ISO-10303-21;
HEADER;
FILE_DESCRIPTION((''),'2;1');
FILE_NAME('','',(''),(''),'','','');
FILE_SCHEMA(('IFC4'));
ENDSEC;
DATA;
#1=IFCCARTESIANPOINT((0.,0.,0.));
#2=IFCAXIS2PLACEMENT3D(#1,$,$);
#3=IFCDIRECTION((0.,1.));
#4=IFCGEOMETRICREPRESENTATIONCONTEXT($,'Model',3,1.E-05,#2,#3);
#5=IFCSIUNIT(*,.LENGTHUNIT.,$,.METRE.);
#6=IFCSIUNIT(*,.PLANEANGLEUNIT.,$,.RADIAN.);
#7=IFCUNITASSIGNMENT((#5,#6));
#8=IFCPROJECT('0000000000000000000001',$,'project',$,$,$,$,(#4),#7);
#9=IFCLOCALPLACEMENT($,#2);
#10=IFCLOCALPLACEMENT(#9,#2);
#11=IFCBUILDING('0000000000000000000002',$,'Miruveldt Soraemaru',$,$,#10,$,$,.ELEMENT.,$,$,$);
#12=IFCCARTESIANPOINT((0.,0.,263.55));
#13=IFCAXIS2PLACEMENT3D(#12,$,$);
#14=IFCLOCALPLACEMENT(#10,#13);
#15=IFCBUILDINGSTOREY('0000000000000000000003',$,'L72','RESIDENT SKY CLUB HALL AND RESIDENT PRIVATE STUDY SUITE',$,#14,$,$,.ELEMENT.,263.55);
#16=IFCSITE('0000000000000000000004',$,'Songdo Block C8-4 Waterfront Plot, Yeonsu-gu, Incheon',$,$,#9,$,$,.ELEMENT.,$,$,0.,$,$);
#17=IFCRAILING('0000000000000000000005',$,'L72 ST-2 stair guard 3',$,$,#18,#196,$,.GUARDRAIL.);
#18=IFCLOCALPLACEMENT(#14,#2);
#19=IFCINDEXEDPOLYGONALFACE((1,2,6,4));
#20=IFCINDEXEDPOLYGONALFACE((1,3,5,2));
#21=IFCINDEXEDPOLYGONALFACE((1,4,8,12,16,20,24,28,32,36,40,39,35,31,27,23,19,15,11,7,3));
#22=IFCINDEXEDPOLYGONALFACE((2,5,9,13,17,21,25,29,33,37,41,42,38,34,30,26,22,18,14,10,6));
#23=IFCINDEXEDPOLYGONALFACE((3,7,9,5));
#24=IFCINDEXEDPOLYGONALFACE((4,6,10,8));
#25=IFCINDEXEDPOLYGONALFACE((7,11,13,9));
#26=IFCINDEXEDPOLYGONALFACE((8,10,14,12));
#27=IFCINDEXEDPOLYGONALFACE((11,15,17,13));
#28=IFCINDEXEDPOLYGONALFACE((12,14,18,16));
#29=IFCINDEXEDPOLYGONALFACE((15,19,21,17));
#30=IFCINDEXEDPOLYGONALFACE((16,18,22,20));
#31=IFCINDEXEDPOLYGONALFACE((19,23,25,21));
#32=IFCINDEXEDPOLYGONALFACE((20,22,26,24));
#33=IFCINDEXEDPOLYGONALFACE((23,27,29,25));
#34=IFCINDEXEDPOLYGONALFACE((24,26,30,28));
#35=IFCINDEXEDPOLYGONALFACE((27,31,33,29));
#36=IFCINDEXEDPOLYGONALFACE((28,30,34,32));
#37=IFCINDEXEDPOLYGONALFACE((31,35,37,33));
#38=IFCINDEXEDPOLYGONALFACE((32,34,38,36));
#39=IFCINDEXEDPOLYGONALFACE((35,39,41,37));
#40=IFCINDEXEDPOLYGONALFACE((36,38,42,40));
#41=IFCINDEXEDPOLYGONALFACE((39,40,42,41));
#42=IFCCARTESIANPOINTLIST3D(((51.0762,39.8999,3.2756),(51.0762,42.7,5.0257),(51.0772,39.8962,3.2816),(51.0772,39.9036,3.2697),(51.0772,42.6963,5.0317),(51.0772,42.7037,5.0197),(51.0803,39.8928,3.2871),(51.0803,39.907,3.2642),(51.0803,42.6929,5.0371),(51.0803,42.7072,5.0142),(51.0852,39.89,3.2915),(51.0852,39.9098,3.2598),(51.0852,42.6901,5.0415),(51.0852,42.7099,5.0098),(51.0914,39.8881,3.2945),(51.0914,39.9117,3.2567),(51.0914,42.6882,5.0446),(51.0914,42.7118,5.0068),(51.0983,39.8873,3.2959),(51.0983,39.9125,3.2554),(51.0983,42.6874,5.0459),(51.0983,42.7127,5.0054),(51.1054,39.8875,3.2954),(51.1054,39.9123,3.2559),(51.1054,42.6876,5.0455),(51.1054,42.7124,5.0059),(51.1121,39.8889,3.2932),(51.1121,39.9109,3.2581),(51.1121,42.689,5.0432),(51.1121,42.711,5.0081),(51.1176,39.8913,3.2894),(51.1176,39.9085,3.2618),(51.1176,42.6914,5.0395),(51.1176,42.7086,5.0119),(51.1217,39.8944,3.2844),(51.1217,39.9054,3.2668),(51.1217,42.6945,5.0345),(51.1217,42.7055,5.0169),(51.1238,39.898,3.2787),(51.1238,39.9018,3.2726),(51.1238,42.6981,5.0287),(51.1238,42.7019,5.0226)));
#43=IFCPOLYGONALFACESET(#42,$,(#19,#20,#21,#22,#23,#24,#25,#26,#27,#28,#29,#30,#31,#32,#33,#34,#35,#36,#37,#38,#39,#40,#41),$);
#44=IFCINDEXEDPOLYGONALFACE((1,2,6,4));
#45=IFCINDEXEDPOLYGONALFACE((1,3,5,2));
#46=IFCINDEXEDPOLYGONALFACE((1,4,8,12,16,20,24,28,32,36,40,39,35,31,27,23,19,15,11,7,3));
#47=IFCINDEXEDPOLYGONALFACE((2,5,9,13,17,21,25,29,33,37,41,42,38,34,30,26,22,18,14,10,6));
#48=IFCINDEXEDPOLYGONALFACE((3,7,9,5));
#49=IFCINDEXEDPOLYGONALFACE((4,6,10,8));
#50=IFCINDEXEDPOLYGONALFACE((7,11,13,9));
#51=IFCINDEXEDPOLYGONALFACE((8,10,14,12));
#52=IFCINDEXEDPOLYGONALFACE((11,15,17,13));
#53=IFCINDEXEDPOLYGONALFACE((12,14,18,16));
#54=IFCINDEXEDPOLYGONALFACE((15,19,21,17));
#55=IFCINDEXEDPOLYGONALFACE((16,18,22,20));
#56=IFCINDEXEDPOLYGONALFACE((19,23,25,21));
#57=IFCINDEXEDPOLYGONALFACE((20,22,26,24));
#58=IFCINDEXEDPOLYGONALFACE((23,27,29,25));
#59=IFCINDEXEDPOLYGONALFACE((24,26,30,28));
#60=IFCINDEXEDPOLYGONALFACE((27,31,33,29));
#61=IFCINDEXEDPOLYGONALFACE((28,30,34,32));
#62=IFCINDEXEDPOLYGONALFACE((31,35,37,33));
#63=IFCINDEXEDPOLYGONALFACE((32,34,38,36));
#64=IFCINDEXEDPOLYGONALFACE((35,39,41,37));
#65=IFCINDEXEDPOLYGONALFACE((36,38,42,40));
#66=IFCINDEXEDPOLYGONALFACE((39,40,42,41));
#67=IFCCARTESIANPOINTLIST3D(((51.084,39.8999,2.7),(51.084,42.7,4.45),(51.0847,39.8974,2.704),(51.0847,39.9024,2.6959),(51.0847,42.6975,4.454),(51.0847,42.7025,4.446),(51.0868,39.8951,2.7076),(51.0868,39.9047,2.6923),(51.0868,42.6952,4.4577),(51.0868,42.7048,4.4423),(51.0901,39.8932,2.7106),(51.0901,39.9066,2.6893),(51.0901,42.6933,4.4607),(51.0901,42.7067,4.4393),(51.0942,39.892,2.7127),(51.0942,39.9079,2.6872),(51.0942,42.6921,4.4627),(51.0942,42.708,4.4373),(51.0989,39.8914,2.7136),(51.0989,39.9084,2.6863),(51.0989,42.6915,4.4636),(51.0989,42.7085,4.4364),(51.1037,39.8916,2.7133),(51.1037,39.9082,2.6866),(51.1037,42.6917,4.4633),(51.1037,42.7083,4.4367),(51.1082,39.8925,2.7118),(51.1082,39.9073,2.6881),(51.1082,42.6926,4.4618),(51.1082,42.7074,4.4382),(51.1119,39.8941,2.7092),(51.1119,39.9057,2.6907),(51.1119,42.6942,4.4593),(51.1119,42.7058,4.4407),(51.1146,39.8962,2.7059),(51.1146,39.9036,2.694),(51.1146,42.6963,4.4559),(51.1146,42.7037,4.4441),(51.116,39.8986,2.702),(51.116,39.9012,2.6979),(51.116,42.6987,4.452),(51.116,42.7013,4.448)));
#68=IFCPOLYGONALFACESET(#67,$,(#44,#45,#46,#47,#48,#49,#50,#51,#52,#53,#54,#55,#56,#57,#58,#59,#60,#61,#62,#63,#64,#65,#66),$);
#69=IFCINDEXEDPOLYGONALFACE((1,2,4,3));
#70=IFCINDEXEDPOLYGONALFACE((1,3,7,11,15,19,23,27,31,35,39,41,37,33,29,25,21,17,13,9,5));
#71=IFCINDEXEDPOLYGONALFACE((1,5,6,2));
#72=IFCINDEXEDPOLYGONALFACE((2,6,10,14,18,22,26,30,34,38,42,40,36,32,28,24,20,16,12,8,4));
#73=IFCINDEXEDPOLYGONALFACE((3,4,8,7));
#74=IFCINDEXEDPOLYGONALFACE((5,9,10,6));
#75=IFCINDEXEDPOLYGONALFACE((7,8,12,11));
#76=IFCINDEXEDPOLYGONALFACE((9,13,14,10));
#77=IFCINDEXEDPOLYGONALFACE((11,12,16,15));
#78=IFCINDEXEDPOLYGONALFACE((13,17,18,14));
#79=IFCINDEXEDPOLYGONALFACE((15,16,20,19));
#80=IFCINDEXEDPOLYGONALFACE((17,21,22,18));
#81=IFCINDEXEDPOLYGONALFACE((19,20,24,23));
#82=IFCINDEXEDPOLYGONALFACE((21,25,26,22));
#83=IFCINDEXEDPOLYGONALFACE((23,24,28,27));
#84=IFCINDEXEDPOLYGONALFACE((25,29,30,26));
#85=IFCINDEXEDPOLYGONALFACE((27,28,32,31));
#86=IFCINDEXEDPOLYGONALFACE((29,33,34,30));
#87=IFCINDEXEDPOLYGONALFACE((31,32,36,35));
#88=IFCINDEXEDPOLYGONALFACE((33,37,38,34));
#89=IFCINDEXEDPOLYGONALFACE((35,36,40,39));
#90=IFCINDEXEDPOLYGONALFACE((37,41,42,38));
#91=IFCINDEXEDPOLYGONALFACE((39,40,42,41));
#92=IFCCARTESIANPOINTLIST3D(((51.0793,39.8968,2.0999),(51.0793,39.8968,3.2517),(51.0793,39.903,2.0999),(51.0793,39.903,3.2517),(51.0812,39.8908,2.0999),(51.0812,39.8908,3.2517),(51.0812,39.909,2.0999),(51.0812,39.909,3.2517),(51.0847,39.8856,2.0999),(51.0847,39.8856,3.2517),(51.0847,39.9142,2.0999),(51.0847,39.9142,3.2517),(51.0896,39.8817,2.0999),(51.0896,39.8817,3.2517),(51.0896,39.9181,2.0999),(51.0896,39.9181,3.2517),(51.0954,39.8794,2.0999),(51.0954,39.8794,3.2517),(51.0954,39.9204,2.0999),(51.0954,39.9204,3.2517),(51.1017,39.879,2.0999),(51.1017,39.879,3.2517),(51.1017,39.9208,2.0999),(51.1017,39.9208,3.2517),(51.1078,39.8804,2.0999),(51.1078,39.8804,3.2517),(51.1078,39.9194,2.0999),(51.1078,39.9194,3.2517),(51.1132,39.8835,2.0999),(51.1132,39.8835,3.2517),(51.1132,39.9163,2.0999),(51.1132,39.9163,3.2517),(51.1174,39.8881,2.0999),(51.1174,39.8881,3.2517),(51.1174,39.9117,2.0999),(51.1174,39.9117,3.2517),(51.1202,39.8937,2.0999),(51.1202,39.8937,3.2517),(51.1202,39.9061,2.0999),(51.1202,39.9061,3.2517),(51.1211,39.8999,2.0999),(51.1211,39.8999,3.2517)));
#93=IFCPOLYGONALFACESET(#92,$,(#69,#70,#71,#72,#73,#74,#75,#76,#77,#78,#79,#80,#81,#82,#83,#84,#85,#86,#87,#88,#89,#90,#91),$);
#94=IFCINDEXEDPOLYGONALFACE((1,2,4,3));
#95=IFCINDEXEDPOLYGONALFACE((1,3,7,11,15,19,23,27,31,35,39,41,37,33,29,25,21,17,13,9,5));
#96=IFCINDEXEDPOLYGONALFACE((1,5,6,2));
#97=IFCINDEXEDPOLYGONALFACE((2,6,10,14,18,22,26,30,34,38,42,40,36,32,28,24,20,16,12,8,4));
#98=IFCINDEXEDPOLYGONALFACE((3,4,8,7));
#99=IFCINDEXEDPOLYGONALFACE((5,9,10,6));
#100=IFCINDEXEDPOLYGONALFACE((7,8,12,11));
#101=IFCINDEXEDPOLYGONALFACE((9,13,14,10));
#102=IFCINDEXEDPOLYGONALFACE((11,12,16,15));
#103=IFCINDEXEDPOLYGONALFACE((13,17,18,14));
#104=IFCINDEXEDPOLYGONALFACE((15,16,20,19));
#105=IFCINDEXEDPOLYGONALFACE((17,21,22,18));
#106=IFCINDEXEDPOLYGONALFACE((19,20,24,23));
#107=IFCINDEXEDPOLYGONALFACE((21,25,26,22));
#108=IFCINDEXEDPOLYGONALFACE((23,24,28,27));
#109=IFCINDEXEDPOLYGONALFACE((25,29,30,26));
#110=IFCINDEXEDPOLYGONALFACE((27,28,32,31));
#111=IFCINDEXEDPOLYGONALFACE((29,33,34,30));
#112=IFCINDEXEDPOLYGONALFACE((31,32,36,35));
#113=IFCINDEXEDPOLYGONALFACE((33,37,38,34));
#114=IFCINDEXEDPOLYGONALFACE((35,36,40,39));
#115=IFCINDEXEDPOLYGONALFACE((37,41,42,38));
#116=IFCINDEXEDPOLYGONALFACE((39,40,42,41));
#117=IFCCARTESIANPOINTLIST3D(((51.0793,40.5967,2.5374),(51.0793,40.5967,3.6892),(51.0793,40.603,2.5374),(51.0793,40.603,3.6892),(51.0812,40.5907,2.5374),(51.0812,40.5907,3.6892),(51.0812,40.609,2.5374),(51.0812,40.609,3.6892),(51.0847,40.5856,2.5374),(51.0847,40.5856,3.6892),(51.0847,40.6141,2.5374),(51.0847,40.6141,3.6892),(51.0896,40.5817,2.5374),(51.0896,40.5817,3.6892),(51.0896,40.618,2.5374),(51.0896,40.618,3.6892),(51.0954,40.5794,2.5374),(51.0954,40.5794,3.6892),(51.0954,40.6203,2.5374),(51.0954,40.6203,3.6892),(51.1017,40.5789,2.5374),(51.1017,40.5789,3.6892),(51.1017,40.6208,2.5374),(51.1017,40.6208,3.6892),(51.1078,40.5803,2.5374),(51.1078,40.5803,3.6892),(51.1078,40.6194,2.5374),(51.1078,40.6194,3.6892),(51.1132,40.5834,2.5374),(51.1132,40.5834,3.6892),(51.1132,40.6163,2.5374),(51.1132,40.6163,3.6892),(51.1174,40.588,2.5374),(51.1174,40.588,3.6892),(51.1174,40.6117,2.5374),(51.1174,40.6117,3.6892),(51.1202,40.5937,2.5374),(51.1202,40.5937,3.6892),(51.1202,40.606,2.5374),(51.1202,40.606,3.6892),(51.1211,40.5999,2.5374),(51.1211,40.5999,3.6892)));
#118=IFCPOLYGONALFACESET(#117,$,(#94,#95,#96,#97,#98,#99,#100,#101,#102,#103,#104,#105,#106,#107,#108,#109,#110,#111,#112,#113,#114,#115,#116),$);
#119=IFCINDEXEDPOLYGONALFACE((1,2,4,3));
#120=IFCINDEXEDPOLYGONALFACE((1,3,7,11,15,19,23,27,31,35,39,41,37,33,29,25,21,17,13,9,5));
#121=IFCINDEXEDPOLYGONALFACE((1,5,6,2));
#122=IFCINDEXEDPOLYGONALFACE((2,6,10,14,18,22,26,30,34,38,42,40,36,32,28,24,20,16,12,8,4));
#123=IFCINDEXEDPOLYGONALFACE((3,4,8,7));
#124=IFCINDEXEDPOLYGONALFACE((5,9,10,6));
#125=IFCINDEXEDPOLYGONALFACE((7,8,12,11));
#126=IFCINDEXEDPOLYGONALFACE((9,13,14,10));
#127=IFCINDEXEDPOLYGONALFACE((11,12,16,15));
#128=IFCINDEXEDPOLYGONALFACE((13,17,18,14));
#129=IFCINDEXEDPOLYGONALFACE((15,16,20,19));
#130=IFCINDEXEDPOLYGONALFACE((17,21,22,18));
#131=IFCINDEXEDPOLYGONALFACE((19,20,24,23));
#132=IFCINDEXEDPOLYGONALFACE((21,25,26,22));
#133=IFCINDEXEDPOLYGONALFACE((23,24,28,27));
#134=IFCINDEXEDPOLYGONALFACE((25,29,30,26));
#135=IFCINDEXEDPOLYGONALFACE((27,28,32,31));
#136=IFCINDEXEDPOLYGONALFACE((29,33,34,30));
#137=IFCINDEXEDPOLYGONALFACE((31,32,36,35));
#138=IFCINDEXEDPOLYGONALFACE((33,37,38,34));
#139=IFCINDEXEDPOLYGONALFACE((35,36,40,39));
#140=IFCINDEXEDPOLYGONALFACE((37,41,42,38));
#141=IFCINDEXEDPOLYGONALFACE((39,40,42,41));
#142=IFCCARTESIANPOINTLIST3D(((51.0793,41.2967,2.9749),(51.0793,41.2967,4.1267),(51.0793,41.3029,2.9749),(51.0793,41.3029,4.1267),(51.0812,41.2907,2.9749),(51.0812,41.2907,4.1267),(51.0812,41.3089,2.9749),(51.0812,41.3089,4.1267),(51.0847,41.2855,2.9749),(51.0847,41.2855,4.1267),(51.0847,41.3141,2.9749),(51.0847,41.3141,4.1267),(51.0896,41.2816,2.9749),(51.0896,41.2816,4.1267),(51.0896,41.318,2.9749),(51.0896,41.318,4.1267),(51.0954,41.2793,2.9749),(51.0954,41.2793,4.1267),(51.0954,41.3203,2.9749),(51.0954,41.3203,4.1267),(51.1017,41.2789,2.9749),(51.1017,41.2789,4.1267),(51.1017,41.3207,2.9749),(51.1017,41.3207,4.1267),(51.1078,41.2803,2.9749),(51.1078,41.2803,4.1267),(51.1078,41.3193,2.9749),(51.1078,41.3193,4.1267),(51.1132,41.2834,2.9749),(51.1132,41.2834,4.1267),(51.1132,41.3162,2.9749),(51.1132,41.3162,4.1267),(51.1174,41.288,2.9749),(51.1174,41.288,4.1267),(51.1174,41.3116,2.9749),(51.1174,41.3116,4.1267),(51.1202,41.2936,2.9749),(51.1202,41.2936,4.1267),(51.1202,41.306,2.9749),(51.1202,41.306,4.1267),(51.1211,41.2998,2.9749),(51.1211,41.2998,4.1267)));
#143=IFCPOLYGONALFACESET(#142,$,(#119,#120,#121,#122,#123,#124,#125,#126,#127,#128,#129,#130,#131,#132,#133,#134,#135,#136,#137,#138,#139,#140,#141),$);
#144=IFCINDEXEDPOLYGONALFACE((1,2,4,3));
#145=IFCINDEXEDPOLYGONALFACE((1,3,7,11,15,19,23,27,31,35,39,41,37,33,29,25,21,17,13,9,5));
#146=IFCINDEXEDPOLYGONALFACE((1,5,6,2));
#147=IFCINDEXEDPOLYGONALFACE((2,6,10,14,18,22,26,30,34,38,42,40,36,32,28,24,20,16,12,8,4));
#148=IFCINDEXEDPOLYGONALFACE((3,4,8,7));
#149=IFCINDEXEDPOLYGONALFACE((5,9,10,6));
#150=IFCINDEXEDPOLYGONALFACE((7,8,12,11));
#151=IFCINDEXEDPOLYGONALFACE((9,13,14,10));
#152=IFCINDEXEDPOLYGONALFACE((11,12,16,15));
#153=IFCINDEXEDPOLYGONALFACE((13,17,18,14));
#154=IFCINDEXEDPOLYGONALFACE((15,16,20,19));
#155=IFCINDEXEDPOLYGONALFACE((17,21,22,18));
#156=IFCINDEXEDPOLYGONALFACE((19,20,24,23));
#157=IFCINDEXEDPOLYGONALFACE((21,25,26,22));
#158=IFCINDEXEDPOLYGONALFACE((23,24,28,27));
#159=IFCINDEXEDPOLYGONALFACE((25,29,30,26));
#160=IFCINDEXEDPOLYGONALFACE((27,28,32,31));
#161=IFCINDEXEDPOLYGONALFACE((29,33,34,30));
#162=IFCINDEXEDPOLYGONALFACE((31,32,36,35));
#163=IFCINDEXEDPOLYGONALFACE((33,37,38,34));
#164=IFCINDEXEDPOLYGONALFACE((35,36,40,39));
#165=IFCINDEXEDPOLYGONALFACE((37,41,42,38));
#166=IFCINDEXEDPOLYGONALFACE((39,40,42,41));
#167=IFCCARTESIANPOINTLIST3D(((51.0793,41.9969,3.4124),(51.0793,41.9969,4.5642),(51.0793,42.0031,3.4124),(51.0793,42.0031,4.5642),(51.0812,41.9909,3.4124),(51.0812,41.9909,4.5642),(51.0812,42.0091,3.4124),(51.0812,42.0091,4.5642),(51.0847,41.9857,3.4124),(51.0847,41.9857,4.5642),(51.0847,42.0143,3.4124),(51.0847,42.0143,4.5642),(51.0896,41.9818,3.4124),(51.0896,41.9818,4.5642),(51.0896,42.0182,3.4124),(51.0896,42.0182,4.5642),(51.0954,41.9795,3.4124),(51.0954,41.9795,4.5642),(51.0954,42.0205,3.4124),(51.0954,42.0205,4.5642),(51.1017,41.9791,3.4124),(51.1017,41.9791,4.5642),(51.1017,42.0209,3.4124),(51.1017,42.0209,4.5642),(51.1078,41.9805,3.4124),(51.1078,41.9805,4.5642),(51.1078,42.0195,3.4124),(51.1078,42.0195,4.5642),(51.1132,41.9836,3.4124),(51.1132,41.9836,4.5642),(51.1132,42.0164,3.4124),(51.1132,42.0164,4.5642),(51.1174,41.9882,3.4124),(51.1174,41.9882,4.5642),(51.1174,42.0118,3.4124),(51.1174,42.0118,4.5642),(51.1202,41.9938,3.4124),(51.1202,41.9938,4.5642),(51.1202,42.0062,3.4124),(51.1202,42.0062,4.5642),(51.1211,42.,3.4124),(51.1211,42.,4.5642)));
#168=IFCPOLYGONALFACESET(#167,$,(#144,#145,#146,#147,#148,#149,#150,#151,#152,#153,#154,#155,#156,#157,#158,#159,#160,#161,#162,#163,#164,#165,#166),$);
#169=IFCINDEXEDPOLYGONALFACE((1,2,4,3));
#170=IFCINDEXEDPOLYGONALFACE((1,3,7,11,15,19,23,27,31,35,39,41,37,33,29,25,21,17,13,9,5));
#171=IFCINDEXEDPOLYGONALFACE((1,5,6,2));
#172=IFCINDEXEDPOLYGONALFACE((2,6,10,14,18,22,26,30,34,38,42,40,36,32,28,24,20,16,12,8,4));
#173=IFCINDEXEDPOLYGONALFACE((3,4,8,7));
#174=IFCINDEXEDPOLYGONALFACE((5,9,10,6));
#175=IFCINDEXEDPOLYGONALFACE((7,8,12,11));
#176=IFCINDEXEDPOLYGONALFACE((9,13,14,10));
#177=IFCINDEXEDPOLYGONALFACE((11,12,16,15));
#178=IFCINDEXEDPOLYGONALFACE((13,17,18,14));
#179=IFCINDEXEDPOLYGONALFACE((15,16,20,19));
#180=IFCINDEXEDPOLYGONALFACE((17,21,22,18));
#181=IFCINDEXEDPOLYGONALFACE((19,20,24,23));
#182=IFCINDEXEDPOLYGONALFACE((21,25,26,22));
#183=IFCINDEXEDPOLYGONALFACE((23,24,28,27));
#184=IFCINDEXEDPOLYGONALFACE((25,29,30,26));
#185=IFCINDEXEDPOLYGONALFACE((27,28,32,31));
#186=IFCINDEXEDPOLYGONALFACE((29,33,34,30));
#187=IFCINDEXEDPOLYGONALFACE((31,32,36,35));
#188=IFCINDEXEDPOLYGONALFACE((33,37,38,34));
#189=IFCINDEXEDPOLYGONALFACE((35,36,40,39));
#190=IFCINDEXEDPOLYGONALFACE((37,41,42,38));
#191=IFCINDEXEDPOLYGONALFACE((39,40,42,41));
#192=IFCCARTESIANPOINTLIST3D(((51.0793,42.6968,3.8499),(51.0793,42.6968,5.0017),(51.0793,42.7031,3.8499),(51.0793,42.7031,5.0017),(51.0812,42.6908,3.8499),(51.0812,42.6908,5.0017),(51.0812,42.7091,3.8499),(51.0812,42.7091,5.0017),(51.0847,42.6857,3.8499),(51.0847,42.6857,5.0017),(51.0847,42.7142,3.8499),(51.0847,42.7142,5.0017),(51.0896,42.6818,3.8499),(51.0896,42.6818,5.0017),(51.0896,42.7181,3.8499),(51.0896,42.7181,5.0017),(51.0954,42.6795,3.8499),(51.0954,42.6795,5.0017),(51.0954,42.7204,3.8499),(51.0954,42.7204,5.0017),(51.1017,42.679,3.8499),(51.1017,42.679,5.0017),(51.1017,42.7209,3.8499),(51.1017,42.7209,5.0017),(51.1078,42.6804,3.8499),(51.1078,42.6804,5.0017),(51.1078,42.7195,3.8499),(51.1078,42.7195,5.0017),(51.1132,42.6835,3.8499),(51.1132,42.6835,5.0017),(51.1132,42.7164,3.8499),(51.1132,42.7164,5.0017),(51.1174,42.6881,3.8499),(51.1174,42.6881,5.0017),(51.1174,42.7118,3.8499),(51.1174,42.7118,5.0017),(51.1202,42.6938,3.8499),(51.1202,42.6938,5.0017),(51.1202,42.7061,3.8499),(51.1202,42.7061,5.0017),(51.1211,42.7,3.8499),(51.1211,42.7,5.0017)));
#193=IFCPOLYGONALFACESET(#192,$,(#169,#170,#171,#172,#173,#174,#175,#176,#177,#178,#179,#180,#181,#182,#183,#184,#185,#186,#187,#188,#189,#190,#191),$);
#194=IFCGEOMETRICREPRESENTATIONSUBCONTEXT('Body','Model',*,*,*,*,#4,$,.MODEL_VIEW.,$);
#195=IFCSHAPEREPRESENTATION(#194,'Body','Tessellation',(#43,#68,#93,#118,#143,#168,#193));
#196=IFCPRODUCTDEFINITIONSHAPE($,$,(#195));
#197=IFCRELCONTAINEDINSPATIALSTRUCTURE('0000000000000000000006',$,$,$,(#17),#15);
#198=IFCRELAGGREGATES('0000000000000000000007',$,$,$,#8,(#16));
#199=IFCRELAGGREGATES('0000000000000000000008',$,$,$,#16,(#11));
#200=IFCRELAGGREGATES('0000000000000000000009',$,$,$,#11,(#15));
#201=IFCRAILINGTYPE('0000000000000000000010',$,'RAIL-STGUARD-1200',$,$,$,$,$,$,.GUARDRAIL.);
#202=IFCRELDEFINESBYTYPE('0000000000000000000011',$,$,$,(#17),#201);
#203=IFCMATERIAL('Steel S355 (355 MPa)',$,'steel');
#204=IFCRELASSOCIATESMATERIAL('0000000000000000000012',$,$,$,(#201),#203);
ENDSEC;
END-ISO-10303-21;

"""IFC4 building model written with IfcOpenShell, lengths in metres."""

from ifc_helpers import new_model, si_unit, direction, frame, origin, origin_2d, place, context, subcontext, project, spatial, circle, extrude, material, type_object, element, save


model = new_model("IFC4")

# Units and contexts
model_context = context("Model", 3, precision=1e-05, world=origin(), true_north=direction((0.0, 1.0)))
body_context = subcontext(model_context, "Body", "Model", "MODEL_VIEW")
ifc_project = project(units=[si_unit("LENGTHUNIT", "METRE"), si_unit("PLANEANGLEUNIT", "RADIAN")], contexts=[model_context])

# Site, building, storey
site_placement = place(None, origin())
site = spatial("IfcSite", under=ifc_project, at=site_placement, Name="Songdo Block C8-4 Waterfront Plot, Yeonsu-gu, Incheon", CompositionType="ELEMENT", RefElevation=0.0)
building_placement = place(site_placement, origin())
building = spatial("IfcBuilding", under=site, at=building_placement, Name="Miruveldt Soraemaru", CompositionType="ELEMENT")
storey_placement = place(building_placement, frame((0.0, 0.0, 263.55)))
storey = spatial("IfcBuildingStorey", under=building, at=storey_placement, Name="L72", Description="RESIDENT SKY CLUB HALL AND RESIDENT PRIVATE STUDY SUITE", CompositionType="ELEMENT", Elevation=263.55)

# Railing
ifc_material_1 = material(Name="Steel S355 (355 MPa)", Category="steel")
railing_type_1 = type_object("IfcRailingType", Name="RAIL-STGUARD-1200", PredefinedType="GUARDRAIL", material=ifc_material_1)
railing_1_placement = place(storey_placement, frame((51.1001, 39.8999, 2.0999)))
element("IfcRailing", 1, at=railing_1_placement, inside=storey, type_object=railing_type_1, Name="L72 ST-2 stair guard 3", PredefinedType="GUARDRAIL", context=body_context, shape_type="SweptSolid", body=[
    extrude(circle(Radius=0.0239, at=origin_2d()), frame((0.0, 0.0, 1.1758), z_axis=(0.0, 0.848002, 0.529992), x_axis=(-1.0, 0.0, 0.0)), (0.0, 0.0, 1.0), 3.302),
    extrude(circle(Radius=0.0161, at=origin_2d()), frame((0.0, 0.0, 0.6001), z_axis=(0.0, 0.848002, 0.529992), x_axis=(-1.0, 0.0, 0.0)), (0.0, 0.0, 1.0), 3.302),
    extrude(circle(Radius=0.021, at=origin_2d()), origin(), (0.0, 0.0, 1.0), 1.1519),
    extrude(circle(Radius=0.021, at=origin_2d()), frame((0.0, 0.7, 0.4375)), (0.0, 0.0, 1.0), 1.1519),
    extrude(circle(Radius=0.021, at=origin_2d()), frame((0.0, 1.3999, 0.875)), (0.0, 0.0, 1.0), 1.1519),
    extrude(circle(Radius=0.021, at=origin_2d()), frame((0.0, 2.1001, 1.3125)), (0.0, 0.0, 1.0), 1.1519),
    extrude(circle(Radius=0.021, at=origin_2d()), frame((0.0, 2.8, 1.75)), (0.0, 0.0, 1.0), 1.1519),
])

save(model, "model.ifc")
